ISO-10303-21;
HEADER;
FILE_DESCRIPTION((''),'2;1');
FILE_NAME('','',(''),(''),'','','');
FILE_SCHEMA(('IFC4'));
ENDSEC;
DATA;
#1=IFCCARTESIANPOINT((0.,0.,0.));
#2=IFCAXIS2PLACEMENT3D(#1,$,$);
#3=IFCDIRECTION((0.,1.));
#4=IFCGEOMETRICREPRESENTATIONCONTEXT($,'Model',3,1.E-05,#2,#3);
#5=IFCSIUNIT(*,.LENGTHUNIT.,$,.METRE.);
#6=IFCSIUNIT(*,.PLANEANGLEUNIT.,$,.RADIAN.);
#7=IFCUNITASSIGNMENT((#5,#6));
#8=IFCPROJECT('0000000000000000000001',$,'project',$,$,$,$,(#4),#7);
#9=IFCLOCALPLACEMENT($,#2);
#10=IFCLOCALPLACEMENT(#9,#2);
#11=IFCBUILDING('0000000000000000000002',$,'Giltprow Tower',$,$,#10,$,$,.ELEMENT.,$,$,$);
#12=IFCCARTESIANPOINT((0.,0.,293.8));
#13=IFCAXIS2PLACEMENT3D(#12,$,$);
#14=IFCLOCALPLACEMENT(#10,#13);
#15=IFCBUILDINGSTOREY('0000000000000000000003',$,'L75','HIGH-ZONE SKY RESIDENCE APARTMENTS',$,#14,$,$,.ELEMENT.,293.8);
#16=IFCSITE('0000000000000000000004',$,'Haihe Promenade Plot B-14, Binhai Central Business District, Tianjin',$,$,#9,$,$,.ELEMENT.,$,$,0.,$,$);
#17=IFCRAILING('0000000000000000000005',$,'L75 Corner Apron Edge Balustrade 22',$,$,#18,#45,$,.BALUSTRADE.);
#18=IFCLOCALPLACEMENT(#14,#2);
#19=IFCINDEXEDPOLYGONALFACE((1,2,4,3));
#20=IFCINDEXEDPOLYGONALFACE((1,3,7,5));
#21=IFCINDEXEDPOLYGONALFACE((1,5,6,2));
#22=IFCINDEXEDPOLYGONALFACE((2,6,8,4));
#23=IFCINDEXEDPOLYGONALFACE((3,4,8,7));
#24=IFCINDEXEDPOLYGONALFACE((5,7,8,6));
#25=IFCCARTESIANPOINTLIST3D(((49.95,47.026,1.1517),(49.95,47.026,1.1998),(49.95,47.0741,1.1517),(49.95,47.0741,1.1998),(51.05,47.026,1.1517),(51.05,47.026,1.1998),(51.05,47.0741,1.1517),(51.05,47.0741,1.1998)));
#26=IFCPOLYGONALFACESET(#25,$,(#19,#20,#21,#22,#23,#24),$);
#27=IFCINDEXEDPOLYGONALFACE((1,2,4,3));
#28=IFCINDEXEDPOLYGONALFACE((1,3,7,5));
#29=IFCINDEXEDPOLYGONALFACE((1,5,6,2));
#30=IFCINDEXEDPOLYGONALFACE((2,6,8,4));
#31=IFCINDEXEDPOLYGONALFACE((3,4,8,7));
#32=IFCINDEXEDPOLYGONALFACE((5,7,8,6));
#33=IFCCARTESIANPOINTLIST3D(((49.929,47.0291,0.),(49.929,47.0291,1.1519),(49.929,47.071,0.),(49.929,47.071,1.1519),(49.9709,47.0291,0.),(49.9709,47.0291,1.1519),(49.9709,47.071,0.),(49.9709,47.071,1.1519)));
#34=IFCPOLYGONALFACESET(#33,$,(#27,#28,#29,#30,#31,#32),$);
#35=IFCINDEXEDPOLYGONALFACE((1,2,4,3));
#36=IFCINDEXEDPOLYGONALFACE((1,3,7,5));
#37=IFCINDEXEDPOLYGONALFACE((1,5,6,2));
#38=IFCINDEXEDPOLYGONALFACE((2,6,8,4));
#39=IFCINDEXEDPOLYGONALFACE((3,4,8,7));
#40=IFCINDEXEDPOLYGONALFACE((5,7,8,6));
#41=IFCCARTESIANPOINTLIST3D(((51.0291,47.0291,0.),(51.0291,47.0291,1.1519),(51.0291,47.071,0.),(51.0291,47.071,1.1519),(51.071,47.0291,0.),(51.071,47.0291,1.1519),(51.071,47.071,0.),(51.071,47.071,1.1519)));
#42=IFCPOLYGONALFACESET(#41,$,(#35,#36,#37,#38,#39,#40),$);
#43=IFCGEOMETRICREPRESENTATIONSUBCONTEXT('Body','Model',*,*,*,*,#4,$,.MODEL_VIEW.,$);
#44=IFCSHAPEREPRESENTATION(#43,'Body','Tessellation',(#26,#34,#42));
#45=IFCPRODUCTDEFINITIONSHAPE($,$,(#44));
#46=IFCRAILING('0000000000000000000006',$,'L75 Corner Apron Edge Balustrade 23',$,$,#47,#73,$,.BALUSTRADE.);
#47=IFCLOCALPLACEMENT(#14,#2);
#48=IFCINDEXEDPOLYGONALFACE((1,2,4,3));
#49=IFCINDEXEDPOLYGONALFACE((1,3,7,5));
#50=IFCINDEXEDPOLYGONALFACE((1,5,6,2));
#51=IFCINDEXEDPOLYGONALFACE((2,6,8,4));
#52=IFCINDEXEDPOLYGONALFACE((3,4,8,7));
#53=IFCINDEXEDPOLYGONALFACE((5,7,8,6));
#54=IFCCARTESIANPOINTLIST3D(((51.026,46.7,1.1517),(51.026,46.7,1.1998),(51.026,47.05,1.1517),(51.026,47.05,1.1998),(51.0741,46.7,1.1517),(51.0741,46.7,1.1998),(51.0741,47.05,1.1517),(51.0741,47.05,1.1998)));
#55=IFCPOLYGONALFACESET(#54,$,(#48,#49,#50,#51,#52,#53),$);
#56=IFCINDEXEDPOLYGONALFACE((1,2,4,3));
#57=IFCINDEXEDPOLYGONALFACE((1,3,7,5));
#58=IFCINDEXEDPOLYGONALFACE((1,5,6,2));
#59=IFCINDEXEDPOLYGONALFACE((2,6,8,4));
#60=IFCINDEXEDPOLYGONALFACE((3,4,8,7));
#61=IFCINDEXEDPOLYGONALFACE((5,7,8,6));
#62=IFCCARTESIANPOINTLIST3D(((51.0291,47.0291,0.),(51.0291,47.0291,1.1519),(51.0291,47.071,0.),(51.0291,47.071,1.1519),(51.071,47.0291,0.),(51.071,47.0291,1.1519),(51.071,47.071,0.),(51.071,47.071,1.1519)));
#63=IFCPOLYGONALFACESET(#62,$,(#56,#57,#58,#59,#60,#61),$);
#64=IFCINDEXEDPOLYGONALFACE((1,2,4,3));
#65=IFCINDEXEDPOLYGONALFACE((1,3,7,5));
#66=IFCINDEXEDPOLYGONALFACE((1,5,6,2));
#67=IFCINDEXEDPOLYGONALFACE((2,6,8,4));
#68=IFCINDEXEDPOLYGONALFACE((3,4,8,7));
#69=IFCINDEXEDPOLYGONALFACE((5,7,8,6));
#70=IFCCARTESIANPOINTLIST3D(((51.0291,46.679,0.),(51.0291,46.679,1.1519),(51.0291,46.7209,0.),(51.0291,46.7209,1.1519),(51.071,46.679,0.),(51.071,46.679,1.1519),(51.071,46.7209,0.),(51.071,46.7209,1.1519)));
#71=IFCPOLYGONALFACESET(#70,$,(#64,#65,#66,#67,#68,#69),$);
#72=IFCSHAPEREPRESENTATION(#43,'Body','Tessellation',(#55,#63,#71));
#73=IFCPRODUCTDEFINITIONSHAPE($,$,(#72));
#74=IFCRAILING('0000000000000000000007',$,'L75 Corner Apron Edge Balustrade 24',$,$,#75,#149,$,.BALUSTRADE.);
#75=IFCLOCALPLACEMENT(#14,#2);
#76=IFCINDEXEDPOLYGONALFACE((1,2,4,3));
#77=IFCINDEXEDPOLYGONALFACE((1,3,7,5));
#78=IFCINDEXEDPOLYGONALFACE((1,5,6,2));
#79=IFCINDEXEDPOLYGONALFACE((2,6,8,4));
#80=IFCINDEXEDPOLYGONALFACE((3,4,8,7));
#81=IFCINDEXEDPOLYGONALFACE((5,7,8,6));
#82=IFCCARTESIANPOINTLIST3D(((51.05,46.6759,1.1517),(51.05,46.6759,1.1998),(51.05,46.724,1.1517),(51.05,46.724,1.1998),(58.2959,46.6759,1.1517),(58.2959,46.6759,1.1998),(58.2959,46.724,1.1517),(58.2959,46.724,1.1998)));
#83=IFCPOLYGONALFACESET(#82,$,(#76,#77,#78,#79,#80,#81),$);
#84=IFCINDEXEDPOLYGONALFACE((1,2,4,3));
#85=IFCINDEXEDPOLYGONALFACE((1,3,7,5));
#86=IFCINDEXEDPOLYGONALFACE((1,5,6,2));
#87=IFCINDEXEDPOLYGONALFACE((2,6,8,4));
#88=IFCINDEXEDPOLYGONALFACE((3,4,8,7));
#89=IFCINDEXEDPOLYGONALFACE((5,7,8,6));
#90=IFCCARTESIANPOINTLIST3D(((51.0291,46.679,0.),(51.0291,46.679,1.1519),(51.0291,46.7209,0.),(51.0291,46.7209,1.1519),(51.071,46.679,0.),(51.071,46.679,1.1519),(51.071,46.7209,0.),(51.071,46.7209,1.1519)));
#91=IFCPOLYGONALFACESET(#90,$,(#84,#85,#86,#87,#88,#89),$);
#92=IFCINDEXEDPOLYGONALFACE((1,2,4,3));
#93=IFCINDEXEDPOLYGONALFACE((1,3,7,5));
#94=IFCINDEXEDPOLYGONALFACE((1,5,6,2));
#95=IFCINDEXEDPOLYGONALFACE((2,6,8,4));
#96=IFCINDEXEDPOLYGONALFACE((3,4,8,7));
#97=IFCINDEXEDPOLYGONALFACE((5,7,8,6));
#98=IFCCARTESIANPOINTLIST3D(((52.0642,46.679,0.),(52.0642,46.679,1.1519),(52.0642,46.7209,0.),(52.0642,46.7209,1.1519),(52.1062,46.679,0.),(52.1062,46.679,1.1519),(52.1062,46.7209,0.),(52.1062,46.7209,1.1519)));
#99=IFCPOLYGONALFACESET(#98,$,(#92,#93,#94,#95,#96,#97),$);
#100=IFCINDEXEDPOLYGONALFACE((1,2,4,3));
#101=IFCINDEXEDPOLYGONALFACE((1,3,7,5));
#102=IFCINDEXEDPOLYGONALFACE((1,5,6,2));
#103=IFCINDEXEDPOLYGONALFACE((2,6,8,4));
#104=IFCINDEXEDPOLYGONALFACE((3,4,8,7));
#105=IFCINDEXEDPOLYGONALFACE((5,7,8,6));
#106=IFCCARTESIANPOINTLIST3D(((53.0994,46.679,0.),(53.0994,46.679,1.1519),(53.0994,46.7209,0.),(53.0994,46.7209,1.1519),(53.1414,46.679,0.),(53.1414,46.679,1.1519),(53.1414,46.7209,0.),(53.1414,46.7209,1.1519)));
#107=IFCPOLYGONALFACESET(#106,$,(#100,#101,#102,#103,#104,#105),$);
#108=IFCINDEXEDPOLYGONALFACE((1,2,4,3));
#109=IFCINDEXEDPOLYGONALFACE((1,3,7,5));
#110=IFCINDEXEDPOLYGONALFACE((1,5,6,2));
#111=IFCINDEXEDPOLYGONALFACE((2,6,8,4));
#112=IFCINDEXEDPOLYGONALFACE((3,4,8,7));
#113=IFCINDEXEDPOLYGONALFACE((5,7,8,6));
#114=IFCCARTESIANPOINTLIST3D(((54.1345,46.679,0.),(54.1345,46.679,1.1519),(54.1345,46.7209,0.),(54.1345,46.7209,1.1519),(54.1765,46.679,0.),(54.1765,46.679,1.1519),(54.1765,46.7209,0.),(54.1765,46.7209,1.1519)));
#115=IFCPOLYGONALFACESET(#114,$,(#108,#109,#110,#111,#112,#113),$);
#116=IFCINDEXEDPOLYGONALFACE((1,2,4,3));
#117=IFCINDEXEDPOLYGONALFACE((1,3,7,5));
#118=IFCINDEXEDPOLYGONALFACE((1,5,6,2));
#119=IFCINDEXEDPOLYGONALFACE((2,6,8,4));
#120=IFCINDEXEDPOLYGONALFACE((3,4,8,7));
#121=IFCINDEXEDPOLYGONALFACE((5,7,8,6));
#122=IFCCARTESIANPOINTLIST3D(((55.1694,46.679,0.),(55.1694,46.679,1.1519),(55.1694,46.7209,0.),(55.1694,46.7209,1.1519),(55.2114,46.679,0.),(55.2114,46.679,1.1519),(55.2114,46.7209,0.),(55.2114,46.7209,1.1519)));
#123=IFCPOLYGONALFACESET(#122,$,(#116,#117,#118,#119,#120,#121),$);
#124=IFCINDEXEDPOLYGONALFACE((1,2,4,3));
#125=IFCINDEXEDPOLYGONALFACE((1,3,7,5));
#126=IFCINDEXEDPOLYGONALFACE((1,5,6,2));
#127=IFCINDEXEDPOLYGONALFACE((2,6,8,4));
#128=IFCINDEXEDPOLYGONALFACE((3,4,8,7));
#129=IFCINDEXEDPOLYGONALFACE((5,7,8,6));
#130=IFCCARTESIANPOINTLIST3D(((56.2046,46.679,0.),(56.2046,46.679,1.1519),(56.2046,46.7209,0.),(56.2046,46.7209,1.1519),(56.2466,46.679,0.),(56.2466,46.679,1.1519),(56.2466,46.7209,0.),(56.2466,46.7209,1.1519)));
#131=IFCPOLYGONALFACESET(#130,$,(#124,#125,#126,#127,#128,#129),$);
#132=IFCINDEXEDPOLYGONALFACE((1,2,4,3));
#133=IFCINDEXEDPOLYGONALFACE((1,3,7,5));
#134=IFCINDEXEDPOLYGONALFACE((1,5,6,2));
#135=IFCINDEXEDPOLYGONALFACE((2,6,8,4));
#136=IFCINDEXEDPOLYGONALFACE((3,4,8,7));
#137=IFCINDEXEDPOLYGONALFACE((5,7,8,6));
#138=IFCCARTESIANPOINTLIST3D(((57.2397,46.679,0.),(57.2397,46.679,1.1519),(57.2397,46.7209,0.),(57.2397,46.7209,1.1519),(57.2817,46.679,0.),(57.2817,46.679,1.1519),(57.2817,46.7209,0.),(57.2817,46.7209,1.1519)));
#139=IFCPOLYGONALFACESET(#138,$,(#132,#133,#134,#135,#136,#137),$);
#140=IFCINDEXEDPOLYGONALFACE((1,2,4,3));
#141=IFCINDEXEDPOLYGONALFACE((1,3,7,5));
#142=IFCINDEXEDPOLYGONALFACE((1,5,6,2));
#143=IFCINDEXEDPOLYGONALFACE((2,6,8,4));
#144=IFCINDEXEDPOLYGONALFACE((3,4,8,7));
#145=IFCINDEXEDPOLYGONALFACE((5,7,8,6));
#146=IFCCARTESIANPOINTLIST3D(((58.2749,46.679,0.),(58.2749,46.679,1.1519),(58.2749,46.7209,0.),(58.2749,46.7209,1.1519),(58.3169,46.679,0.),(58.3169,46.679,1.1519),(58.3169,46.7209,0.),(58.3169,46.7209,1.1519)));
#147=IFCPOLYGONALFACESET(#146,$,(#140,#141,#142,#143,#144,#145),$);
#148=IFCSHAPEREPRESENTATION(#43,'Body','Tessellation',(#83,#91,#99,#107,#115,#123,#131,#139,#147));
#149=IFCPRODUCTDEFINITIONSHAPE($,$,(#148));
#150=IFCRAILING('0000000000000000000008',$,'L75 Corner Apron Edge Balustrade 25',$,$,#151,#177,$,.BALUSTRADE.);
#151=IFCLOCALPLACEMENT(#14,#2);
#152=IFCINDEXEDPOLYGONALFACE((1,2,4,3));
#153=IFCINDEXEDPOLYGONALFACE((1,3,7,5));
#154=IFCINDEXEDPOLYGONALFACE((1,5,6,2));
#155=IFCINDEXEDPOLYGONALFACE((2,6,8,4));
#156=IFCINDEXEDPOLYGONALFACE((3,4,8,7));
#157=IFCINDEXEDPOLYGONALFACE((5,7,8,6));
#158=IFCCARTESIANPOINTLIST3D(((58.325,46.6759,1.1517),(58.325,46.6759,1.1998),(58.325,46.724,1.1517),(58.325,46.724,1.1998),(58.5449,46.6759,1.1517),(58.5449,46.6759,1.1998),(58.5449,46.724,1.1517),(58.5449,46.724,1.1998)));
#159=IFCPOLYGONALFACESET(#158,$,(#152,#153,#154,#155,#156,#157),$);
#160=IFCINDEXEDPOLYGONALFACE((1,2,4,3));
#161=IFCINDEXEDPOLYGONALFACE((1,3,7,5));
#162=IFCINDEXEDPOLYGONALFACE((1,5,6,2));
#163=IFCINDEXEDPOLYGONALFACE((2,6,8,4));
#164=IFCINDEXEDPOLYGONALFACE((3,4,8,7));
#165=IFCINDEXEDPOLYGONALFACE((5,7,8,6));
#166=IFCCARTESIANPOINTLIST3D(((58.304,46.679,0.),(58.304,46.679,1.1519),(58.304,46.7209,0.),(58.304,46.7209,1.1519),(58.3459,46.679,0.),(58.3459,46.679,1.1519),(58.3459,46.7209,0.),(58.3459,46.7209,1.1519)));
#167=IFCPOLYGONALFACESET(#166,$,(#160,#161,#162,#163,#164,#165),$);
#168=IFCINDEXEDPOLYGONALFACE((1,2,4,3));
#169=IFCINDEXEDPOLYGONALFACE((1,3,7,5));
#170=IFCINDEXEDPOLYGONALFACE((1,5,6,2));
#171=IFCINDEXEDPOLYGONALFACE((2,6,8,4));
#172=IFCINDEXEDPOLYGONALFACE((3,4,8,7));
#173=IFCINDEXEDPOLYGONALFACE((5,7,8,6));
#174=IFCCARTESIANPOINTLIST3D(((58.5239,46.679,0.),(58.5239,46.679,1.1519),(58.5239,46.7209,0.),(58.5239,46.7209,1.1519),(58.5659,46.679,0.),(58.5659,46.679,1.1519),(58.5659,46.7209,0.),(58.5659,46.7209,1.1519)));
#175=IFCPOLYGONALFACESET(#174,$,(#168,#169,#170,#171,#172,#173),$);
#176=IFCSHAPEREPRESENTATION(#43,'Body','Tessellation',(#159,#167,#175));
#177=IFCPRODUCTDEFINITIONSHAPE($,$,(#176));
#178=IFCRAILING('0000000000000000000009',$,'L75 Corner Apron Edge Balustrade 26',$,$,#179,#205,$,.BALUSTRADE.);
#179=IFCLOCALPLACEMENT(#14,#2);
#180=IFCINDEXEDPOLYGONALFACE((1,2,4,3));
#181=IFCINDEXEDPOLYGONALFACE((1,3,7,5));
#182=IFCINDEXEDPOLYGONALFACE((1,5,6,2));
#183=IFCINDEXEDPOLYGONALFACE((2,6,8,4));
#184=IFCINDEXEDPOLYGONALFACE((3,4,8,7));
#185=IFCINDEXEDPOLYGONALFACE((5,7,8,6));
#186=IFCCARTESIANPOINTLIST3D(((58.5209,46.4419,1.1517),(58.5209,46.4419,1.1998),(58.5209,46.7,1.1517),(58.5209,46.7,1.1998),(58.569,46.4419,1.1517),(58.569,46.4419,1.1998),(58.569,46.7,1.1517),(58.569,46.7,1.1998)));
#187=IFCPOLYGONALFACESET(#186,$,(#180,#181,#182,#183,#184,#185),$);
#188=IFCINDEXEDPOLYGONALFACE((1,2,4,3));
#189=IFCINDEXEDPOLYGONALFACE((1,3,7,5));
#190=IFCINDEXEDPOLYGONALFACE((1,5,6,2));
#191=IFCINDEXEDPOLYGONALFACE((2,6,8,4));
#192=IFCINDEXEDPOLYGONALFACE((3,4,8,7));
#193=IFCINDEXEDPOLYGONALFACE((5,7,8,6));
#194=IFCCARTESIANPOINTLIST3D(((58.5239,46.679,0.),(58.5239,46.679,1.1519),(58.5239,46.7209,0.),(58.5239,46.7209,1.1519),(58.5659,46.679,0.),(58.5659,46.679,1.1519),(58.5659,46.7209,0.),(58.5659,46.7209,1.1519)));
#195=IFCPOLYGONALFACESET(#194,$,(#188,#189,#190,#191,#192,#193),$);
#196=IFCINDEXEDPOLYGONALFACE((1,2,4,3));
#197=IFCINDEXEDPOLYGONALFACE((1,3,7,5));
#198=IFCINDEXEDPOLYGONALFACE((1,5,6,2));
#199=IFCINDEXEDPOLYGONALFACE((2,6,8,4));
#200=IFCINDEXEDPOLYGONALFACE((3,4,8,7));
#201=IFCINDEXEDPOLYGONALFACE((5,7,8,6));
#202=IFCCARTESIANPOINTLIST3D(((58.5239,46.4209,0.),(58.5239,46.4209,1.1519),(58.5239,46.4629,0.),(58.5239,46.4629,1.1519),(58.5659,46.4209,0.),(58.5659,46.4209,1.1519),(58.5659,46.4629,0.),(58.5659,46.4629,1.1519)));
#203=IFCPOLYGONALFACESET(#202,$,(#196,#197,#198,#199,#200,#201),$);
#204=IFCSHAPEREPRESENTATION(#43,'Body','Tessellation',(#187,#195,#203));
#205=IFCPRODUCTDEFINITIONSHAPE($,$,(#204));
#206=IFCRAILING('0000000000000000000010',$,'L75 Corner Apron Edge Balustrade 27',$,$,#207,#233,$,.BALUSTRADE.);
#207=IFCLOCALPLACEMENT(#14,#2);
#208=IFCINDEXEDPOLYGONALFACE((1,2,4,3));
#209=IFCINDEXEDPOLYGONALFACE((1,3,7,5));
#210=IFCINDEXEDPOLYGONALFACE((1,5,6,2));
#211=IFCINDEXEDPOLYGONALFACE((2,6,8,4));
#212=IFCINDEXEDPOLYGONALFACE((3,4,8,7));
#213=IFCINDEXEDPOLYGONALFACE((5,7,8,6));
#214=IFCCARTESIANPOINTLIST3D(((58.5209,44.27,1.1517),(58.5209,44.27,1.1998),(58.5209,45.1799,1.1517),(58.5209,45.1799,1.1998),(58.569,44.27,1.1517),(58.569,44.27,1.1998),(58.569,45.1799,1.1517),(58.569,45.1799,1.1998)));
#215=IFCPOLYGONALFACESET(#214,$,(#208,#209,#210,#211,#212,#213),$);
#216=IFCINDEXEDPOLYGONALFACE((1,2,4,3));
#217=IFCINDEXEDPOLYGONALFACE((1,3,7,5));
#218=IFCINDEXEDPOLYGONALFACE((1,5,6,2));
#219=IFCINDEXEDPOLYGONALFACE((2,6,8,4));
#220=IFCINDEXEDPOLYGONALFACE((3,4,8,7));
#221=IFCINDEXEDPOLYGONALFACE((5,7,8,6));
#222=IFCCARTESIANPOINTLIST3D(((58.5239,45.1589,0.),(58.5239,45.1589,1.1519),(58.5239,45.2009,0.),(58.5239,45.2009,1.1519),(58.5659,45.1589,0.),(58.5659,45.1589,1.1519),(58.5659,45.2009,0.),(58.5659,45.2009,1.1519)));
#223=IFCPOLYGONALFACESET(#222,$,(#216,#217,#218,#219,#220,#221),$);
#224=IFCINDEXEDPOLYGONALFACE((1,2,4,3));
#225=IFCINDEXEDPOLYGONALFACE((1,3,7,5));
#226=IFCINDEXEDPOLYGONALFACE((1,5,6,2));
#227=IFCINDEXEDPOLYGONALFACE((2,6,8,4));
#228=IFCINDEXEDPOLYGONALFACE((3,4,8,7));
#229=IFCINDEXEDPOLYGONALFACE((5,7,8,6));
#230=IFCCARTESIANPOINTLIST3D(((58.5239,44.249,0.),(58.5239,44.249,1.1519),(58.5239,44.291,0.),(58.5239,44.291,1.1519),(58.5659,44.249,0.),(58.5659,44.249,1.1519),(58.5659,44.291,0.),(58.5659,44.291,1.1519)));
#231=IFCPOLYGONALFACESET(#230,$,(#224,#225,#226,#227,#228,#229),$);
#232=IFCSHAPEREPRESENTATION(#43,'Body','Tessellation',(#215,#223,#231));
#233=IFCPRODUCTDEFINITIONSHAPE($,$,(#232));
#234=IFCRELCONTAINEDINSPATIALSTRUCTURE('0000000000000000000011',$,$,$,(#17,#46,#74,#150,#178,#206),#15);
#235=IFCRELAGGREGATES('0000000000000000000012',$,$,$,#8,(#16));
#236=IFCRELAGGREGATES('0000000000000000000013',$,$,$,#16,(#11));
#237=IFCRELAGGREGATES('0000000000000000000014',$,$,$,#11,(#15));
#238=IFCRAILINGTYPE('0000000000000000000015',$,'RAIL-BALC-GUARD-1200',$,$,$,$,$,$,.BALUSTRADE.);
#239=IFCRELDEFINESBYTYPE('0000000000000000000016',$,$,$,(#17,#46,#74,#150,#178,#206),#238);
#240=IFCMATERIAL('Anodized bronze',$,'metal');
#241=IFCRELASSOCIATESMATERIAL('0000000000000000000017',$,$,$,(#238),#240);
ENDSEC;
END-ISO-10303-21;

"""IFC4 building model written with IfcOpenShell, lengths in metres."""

from ifc_helpers import new_model, si_unit, direction, frame, origin, origin_2d, place, context, subcontext, project, spatial, rectangle, extrude, material, type_object, element, save


model = new_model("IFC4")

# Units and contexts
model_context = context("Model", 3, precision=1e-05, world=origin(), true_north=direction((0.0, 1.0)))
body_context = subcontext(model_context, "Body", "Model", "MODEL_VIEW")
ifc_project = project(units=[si_unit("LENGTHUNIT", "METRE"), si_unit("PLANEANGLEUNIT", "RADIAN")], contexts=[model_context])

# Site, building, storey
site_placement = place(None, origin())
site = spatial("IfcSite", under=ifc_project, at=site_placement, Name="Haihe Promenade Plot B-14, Binhai Central Business District, Tianjin", CompositionType="ELEMENT", RefElevation=0.0)
building_placement = place(site_placement, origin())
building = spatial("IfcBuilding", under=site, at=building_placement, Name="Giltprow Tower", CompositionType="ELEMENT")
storey_placement = place(building_placement, frame((0.0, 0.0, 293.8)))
storey = spatial("IfcBuildingStorey", under=building, at=storey_placement, Name="L75", Description="HIGH-ZONE SKY RESIDENCE APARTMENTS", CompositionType="ELEMENT", Elevation=293.8)

# Railings
ifc_material_1 = material(Name="Anodized bronze", Category="metal")
railing_type = type_object("IfcRailingType", Name="RAIL-BALC-GUARD-1200", PredefinedType="BALUSTRADE", material=ifc_material_1)
railing_1_placement = place(storey_placement, frame((49.95, 47.05, 0.0)))
element("IfcRailing", 1, at=railing_1_placement, inside=storey, type_object=railing_type, Name="L75 Corner Apron Edge Balustrade 22", PredefinedType="BALUSTRADE", context=body_context, shape_type="SweptSolid", body=[
    extrude(rectangle(XDim=0.0481, YDim=0.0481, at=origin_2d()), frame((0.0, 0.0, 1.1758), z_axis=(1.0, 0.0, 0.0), x_axis=(0.0, 1.0, 0.0)), (0.0, 0.0, 1.0), 1.1001),
    extrude(rectangle(XDim=0.042, YDim=0.042, at=origin_2d()), origin(), (0.0, 0.0, 1.0), 1.1519),
    extrude(rectangle(XDim=0.042, YDim=0.042, at=origin_2d()), frame((1.1001, 0.0, 0.0)), (0.0, 0.0, 1.0), 1.1519),
])
railing_2_placement = place(storey_placement, frame((51.05, 47.05, 0.0)))
element("IfcRailing", 2, at=railing_2_placement, inside=storey, type_object=railing_type, Name="L75 Corner Apron Edge Balustrade 23", PredefinedType="BALUSTRADE", context=body_context, shape_type="SweptSolid", body=[
    extrude(rectangle(XDim=0.0481, YDim=0.0481, at=origin_2d()), frame((0.0, 0.0, 1.1758), z_axis=(0.0, -1.0, 0.0), x_axis=(1.0, 0.0, 0.0)), (0.0, 0.0, 1.0), 0.3501),
    extrude(rectangle(XDim=0.042, YDim=0.042, at=origin_2d()), origin(), (0.0, 0.0, 1.0), 1.1519),
    extrude(rectangle(XDim=0.042, YDim=0.042, at=origin_2d()), frame((0.0, -0.3501, 0.0)), (0.0, 0.0, 1.0), 1.1519),
])
railing_3_placement = place(storey_placement, frame((51.05, 46.7, 0.0)))
element("IfcRailing", 3, at=railing_3_placement, inside=storey, type_object=railing_type, Name="L75 Corner Apron Edge Balustrade 24", PredefinedType="BALUSTRADE", context=body_context, shape_type="SweptSolid", body=[
    extrude(rectangle(XDim=0.0481, YDim=0.0481, at=origin_2d()), frame((0.0, 0.0, 1.1758), z_axis=(1.0, 0.0, 0.0), x_axis=(0.0, 1.0, 0.0)), (0.0, 0.0, 1.0), 7.2458),
    extrude(rectangle(XDim=0.042, YDim=0.042, at=origin_2d()), origin(), (0.0, 0.0, 1.0), 1.1519),
    extrude(rectangle(XDim=0.042, YDim=0.042, at=origin_2d()), frame((1.0352, 0.0, 0.0)), (0.0, 0.0, 1.0), 1.1519),
    extrude(rectangle(XDim=0.042, YDim=0.042, at=origin_2d()), frame((2.0703, 0.0, 0.0)), (0.0, 0.0, 1.0), 1.1519),
    extrude(rectangle(XDim=0.042, YDim=0.042, at=origin_2d()), frame((3.1055, 0.0, 0.0)), (0.0, 0.0, 1.0), 1.1519),
    extrude(rectangle(XDim=0.042, YDim=0.042, at=origin_2d()), frame((4.1404, 0.0, 0.0)), (0.0, 0.0, 1.0), 1.1519),
    extrude(rectangle(XDim=0.042, YDim=0.042, at=origin_2d()), frame((5.1755, 0.0, 0.0)), (0.0, 0.0, 1.0), 1.1519),
    extrude(rectangle(XDim=0.042, YDim=0.042, at=origin_2d()), frame((6.2107, 0.0, 0.0)), (0.0, 0.0, 1.0), 1.1519),
    extrude(rectangle(XDim=0.042, YDim=0.042, at=origin_2d()), frame((7.2458, 0.0, 0.0)), (0.0, 0.0, 1.0), 1.1519),
])
railing_4_placement = place(storey_placement, frame((58.325, 46.7, 0.0)))
element("IfcRailing", 4, at=railing_4_placement, inside=storey, type_object=railing_type, Name="L75 Corner Apron Edge Balustrade 25", PredefinedType="BALUSTRADE", context=body_context, shape_type="SweptSolid", body=[
    extrude(rectangle(XDim=0.0481, YDim=0.0481, at=origin_2d()), frame((0.0, 0.0, 1.1758), z_axis=(1.0, 0.0, 0.0), x_axis=(0.0, 1.0, 0.0)), (0.0, 0.0, 1.0), 0.22),
    extrude(rectangle(XDim=0.042, YDim=0.042, at=origin_2d()), origin(), (0.0, 0.0, 1.0), 1.1519),
    extrude(rectangle(XDim=0.042, YDim=0.042, at=origin_2d()), frame((0.22, 0.0, 0.0)), (0.0, 0.0, 1.0), 1.1519),
])
railing_5_placement = place(storey_placement, frame((58.5449, 46.7, 0.0)))
element("IfcRailing", 5, at=railing_5_placement, inside=storey, type_object=railing_type, Name="L75 Corner Apron Edge Balustrade 26", PredefinedType="BALUSTRADE", context=body_context, shape_type="SweptSolid", body=[
    extrude(rectangle(XDim=0.0481, YDim=0.0481, at=origin_2d()), frame((0.0, 0.0, 1.1758), z_axis=(0.0, -1.0, 0.0), x_axis=(1.0, 0.0, 0.0)), (0.0, 0.0, 1.0), 0.2581),
    extrude(rectangle(XDim=0.042, YDim=0.042, at=origin_2d()), origin(), (0.0, 0.0, 1.0), 1.1519),
    extrude(rectangle(XDim=0.042, YDim=0.042, at=origin_2d()), frame((0.0, -0.2581, 0.0)), (0.0, 0.0, 1.0), 1.1519),
])
railing_6_placement = place(storey_placement, frame((58.5449, 45.1799, 0.0)))
element("IfcRailing", 6, at=railing_6_placement, inside=storey, type_object=railing_type, Name="L75 Corner Apron Edge Balustrade 27", PredefinedType="BALUSTRADE", context=body_context, shape_type="SweptSolid", body=[
    extrude(rectangle(XDim=0.0481, YDim=0.0481, at=origin_2d()), frame((0.0, 0.0, 1.1758), z_axis=(0.0, -1.0, 0.0), x_axis=(1.0, 0.0, 0.0)), (0.0, 0.0, 1.0), 0.9099),
    extrude(rectangle(XDim=0.042, YDim=0.042, at=origin_2d()), origin(), (0.0, 0.0, 1.0), 1.1519),
    extrude(rectangle(XDim=0.042, YDim=0.042, at=origin_2d()), frame((0.0, -0.9099, 0.0)), (0.0, 0.0, 1.0), 1.1519),
])

save(model, "model.ifc")
